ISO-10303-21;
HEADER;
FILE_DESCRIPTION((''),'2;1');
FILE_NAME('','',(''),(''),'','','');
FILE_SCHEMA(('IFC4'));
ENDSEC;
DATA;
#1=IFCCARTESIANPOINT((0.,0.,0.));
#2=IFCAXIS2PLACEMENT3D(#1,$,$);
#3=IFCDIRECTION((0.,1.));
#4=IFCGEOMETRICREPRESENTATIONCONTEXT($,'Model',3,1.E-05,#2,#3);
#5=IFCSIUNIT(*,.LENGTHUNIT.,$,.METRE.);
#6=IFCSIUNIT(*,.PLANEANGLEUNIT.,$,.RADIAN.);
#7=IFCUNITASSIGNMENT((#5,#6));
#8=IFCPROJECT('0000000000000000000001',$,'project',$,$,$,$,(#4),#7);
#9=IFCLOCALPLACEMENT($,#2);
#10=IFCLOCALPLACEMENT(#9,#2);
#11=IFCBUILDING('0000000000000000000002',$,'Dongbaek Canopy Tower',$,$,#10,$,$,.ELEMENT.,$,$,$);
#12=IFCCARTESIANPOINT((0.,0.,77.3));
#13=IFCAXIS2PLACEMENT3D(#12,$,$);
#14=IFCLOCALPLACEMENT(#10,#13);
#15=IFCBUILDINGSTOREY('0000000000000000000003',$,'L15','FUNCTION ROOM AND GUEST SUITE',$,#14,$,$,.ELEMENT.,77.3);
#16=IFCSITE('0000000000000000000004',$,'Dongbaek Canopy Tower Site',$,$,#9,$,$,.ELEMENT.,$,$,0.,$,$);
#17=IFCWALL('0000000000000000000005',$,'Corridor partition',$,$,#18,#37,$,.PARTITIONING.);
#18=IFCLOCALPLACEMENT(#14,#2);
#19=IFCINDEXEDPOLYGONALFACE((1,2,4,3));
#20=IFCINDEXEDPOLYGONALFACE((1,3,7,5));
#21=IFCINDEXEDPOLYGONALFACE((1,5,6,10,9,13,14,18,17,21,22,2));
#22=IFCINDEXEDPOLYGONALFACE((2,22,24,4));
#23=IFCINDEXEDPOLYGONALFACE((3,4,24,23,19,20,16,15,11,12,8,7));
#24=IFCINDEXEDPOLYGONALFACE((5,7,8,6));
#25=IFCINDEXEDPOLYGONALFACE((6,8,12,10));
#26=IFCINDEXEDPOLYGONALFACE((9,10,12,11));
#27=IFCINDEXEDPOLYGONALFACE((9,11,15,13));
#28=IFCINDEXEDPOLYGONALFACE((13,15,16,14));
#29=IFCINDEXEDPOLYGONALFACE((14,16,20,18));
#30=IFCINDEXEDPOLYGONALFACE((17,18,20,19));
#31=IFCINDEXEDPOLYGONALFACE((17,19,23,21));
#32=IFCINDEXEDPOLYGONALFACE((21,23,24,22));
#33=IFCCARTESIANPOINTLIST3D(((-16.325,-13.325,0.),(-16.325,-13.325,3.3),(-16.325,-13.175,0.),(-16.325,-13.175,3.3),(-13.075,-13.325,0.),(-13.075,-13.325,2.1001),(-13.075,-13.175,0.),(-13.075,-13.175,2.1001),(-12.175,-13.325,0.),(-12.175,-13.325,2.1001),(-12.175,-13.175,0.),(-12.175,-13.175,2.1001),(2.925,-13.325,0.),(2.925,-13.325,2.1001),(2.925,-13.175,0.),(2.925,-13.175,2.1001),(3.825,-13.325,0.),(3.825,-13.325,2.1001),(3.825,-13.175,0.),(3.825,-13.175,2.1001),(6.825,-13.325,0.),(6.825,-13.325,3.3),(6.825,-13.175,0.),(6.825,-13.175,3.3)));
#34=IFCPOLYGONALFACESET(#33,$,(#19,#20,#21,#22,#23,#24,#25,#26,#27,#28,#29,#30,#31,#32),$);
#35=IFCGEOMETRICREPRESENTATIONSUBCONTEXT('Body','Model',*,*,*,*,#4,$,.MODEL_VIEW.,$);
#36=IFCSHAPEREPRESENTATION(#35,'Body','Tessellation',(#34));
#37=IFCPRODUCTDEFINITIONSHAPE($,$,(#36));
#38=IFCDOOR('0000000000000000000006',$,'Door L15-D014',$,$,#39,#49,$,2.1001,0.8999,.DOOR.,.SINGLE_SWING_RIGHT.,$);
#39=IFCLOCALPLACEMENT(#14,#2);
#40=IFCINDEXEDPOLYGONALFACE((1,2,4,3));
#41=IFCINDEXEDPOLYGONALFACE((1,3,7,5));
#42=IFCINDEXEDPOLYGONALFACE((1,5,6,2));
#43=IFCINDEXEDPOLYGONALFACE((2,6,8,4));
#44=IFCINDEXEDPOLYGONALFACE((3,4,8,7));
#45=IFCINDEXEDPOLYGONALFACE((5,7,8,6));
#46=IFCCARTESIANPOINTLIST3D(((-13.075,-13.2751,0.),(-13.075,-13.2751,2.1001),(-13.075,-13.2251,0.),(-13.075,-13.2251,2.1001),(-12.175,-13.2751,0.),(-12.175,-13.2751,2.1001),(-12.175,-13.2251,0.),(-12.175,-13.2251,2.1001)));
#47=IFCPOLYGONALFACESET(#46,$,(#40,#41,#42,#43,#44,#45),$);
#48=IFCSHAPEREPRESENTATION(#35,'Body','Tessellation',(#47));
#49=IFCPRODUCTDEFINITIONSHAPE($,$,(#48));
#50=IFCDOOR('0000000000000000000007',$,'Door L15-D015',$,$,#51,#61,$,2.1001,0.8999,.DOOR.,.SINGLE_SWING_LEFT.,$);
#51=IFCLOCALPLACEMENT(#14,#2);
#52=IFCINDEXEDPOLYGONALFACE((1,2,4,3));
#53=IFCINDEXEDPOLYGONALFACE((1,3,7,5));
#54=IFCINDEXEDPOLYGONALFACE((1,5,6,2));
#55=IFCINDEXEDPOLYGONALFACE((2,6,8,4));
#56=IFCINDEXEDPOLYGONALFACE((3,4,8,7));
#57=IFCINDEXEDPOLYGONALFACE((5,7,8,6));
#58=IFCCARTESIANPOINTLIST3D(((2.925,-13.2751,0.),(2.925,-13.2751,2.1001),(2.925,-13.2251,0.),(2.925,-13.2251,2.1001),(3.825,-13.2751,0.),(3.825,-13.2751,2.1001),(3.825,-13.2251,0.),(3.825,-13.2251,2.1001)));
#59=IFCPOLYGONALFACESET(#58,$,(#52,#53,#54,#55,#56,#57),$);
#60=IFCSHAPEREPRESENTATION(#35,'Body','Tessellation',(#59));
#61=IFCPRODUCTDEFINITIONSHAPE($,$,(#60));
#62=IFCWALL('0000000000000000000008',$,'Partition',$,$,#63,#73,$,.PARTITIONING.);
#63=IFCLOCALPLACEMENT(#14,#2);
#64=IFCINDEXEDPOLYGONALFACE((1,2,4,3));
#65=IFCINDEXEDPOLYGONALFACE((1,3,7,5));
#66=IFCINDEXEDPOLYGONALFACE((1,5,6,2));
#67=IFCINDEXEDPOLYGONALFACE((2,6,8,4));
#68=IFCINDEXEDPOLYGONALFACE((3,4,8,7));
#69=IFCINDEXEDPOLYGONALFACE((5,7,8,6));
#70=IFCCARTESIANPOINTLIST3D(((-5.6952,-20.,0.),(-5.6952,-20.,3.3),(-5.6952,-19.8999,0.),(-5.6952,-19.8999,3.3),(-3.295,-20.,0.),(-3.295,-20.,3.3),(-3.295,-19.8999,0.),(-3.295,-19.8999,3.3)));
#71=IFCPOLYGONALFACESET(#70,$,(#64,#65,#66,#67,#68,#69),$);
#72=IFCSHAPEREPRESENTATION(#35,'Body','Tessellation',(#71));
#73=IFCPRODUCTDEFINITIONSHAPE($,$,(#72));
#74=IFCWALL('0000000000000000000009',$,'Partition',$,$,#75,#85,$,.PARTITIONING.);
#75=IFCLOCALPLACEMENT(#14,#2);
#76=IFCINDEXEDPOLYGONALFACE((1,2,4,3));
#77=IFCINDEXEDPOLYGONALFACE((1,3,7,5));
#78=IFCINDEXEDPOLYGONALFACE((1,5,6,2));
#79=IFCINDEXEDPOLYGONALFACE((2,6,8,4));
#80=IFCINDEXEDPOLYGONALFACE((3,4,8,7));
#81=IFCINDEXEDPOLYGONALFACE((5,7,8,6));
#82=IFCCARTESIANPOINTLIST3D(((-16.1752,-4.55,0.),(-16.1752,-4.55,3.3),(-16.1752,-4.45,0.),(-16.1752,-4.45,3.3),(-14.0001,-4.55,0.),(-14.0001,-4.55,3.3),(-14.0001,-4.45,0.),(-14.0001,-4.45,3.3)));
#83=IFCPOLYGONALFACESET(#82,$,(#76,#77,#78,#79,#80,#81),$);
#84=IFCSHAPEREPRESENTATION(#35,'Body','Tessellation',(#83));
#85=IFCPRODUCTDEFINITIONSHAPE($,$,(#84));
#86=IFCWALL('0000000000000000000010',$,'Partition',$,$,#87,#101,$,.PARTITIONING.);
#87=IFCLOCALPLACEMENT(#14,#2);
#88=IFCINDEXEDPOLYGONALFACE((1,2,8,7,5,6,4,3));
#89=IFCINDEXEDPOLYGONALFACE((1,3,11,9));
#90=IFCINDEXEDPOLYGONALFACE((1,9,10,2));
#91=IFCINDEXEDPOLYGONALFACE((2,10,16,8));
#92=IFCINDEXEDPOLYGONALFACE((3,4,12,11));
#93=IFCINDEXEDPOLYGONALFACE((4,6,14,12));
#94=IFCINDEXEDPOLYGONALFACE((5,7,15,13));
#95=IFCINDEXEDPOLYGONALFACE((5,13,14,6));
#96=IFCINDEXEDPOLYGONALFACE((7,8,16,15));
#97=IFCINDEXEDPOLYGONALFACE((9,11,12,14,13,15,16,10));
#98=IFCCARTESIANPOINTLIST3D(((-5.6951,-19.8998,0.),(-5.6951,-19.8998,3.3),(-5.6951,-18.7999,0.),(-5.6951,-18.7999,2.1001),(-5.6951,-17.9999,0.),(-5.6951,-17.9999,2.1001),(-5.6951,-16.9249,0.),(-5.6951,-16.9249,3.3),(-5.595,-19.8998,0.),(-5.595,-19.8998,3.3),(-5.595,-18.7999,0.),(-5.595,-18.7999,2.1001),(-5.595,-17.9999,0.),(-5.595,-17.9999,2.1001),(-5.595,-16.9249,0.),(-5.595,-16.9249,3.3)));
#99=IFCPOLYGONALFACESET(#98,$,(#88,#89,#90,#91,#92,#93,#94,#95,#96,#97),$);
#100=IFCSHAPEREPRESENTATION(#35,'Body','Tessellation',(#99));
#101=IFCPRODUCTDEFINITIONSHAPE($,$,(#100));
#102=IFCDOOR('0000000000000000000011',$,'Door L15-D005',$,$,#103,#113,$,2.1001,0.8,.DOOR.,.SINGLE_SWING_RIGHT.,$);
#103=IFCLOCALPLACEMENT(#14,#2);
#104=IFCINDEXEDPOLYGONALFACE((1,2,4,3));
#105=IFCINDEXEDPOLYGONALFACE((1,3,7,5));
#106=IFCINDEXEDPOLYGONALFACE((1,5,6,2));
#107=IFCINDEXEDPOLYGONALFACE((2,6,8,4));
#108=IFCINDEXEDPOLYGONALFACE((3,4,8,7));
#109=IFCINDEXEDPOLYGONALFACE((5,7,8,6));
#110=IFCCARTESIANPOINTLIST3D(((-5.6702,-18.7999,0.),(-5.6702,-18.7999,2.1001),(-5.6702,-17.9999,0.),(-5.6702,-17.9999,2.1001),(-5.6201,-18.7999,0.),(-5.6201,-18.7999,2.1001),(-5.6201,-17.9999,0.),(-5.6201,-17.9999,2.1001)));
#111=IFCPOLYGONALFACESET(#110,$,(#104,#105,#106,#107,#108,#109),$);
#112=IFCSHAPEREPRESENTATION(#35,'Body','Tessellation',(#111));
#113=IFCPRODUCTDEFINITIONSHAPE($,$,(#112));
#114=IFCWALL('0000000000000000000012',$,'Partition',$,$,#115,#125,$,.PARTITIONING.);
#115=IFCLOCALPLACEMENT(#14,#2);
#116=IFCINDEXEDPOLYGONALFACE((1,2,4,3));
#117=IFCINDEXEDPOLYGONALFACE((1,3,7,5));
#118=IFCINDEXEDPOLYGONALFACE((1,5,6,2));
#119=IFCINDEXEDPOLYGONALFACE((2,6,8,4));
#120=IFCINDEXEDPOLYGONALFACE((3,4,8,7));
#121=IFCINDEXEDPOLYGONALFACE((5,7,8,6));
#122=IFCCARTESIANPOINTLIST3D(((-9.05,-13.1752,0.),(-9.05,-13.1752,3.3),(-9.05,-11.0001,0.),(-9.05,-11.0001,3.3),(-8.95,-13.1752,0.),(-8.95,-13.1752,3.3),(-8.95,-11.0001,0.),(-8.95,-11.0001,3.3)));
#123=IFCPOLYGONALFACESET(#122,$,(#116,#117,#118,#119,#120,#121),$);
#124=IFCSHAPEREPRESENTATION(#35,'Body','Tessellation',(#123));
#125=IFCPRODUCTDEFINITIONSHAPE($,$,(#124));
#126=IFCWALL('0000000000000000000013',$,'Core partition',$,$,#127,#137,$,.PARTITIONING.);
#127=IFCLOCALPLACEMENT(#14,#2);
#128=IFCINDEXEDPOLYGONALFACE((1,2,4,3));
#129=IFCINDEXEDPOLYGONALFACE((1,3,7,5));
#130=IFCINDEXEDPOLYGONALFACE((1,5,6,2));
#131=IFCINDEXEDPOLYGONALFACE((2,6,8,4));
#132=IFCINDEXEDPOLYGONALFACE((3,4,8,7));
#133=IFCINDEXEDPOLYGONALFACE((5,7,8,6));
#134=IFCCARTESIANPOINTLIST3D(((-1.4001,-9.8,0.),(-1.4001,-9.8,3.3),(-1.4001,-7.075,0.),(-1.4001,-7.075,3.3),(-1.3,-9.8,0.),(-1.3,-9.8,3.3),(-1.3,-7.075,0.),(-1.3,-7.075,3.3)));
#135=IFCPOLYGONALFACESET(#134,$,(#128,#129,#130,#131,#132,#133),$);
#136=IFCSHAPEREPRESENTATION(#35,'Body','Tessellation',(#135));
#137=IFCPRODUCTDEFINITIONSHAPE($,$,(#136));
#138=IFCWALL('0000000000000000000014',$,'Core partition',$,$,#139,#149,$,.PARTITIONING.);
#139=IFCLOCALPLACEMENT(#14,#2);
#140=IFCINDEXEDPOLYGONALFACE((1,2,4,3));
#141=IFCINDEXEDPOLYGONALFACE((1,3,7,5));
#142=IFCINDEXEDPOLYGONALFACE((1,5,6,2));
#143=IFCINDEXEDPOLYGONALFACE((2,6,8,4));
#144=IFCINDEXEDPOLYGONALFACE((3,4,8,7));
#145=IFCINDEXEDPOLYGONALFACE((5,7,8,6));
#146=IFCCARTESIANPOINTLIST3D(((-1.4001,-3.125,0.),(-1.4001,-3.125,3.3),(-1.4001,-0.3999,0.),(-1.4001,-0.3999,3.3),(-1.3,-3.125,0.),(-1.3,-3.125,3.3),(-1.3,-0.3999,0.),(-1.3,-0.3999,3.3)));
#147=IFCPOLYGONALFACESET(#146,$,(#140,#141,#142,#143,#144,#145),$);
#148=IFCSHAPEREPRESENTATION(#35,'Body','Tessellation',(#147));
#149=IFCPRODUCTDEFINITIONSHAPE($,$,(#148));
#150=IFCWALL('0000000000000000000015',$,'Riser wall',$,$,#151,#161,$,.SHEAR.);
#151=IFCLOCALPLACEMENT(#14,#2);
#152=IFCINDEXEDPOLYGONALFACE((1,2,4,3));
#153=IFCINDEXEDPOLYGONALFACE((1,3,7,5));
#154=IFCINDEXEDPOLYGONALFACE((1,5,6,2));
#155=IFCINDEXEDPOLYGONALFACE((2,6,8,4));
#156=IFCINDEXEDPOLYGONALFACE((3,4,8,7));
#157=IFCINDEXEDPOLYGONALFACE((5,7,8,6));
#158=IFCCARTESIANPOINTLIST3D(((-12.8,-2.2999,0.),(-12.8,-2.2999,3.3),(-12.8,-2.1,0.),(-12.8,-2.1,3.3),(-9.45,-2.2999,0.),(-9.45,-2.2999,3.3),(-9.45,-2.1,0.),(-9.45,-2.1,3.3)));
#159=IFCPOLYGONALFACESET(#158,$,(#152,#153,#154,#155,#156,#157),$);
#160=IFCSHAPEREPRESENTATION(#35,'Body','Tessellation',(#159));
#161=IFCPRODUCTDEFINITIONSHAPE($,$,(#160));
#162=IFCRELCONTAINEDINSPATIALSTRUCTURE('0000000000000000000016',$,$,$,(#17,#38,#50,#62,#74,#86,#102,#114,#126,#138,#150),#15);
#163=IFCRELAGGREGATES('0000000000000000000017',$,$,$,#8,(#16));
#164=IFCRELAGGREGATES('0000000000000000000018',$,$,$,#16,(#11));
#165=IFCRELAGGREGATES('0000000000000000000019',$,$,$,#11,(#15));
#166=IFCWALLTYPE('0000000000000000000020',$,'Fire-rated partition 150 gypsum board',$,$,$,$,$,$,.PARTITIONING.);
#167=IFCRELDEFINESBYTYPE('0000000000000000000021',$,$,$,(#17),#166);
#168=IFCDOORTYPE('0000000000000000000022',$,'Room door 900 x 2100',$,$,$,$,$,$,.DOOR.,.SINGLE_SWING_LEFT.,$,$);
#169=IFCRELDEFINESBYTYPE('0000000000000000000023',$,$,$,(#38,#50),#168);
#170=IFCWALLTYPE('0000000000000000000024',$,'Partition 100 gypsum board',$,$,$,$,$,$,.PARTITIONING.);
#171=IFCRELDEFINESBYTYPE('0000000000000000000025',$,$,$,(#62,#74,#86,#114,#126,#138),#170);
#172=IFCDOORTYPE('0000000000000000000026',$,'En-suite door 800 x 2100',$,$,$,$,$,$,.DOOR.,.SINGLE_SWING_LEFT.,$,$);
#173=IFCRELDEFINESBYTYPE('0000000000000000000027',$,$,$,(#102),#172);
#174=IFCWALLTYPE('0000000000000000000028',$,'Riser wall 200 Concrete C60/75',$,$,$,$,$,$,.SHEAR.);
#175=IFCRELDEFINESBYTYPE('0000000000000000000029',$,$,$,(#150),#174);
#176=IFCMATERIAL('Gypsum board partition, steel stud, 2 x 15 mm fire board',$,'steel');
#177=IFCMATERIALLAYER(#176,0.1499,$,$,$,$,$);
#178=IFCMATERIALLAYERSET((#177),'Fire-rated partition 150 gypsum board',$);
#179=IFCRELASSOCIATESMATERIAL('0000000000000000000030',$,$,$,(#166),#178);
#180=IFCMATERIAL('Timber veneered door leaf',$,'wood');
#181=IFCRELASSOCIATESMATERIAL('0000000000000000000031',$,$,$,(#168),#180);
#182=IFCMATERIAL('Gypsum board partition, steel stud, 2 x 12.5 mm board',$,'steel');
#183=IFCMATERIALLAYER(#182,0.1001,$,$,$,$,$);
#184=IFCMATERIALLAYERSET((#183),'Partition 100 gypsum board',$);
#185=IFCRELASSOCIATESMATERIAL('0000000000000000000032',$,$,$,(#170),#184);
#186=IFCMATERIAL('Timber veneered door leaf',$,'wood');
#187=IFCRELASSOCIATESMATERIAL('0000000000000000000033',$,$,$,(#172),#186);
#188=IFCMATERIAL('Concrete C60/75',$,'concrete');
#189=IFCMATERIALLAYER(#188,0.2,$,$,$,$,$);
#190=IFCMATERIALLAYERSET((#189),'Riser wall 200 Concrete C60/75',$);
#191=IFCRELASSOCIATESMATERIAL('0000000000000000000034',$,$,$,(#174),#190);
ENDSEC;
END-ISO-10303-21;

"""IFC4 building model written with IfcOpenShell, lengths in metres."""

from ifc_helpers import new_model, si_unit, direction, frame, frame_2d, origin, place, context, subcontext, project, spatial, rectangle, extrude, material, layer, layer_set, type_object, element, fill, save


model = new_model("IFC4")

# Units and contexts
model_context = context("Model", 3, precision=1e-05, world=origin(), true_north=direction((0.0, 1.0)))
body_context = subcontext(model_context, "Body", "Model", "MODEL_VIEW")
ifc_project = project(units=[si_unit("LENGTHUNIT", "METRE"), si_unit("PLANEANGLEUNIT", "RADIAN")], contexts=[model_context])

# Site, building, storey
site_placement = place(None, origin())
site = spatial("IfcSite", under=ifc_project, at=site_placement, Name="Dongbaek Canopy Tower Site", CompositionType="ELEMENT", RefElevation=0.0)
building_placement = place(site_placement, origin())
building = spatial("IfcBuilding", under=site, at=building_placement, Name="Dongbaek Canopy Tower", CompositionType="ELEMENT")
storey_placement = place(building_placement, frame((0.0, 0.0, 77.3)))
storey = spatial("IfcBuildingStorey", under=building, at=storey_placement, Name="L15", Description="FUNCTION ROOM AND GUEST SUITE", CompositionType="ELEMENT", Elevation=77.3)

# Wall, openings, doors
ifc_material_1 = material(Name="Gypsum board partition, steel stud, 2 x 15 mm fire board", Category="steel")
ifc_layer_1 = layer(ifc_material_1, 0.1499)
ifc_layer_set_1 = layer_set([ifc_layer_1], Name="Fire-rated partition 150 gypsum board")
wall_type_1 = type_object("IfcWallType", Name="Fire-rated partition 150 gypsum board", PredefinedType="PARTITIONING", material=ifc_layer_set_1)
wall_1_placement = place(storey_placement, frame((-16.325, -13.25, 0.0), z_axis=(0.0, 0.0, 1.0), x_axis=(1.0, 0.0, 0.0)))
wall_1 = element("IfcWall", 1, at=wall_1_placement, inside=storey, type_object=wall_type_1, Name="Corridor partition", PredefinedType="PARTITIONING", context=body_context, shape_type="SweptSolid", body=[
    extrude(rectangle(XDim=23.1499, YDim=0.1499, at=frame_2d((11.575, 0.0))), origin(), (0.0, 0.0, 1.0), 3.3),
])
opening_1_placement = place(wall_1_placement, frame((3.25, 0.0, 0.0)))
opening_1 = element("IfcOpeningElement", 2, at=opening_1_placement, cuts=wall_1, PredefinedType="OPENING", context=body_context, shape_type="SweptSolid", body=[
    extrude(rectangle(XDim=0.8999, YDim=2.1001, at=frame_2d((0.45, 1.05))), frame((0.0, 0.085, 0.0), z_axis=(0.0, -1.0, 0.0), x_axis=(1.0, 0.0, 0.0)), (0.0, 0.0, 1.0), 0.1699),
])
opening_2_placement = place(wall_1_placement, frame((19.25, 0.0, 0.0)))
opening_2 = element("IfcOpeningElement", 3, at=opening_2_placement, cuts=wall_1, PredefinedType="OPENING", context=body_context, shape_type="SweptSolid", body=[
    extrude(rectangle(XDim=0.8999, YDim=2.1001, at=frame_2d((0.45, 1.05))), frame((0.0, 0.085, 0.0), z_axis=(0.0, -1.0, 0.0), x_axis=(1.0, 0.0, 0.0)), (0.0, 0.0, 1.0), 0.1699),
])
ifc_material_2 = material(Name="Timber veneered door leaf", Category="wood")
door_type_1 = type_object("IfcDoorType", Name="Room door 900 x 2100", OperationType="SINGLE_SWING_LEFT", PredefinedType="DOOR", material=ifc_material_2)
door_1_placement = place(opening_1_placement, origin())
door_1 = element("IfcDoor", 4, at=door_1_placement, inside=storey, type_object=door_type_1, Name="Door L15-D014", OperationType="SINGLE_SWING_RIGHT", OverallHeight=2.1001, OverallWidth=0.8999, PredefinedType="DOOR", context=body_context, shape_type="SweptSolid", body=[
    extrude(rectangle(XDim=0.8999, YDim=2.1001, at=frame_2d((0.45, 1.05))), frame((0.0, 0.0249, 0.0), z_axis=(0.0, -1.0, 0.0), x_axis=(1.0, 0.0, 0.0)), (0.0, 0.0, 1.0), 0.05),
])
fill(opening_1, door_1)
door_2_placement = place(opening_2_placement, origin())
door_2 = element("IfcDoor", 5, at=door_2_placement, inside=storey, type_object=door_type_1, Name="Door L15-D015", OperationType="SINGLE_SWING_LEFT", OverallHeight=2.1001, OverallWidth=0.8999, PredefinedType="DOOR", context=body_context, shape_type="SweptSolid", body=[
    extrude(rectangle(XDim=0.8999, YDim=2.1001, at=frame_2d((0.45, 1.05))), frame((0.0, 0.0249, 0.0), z_axis=(0.0, -1.0, 0.0), x_axis=(1.0, 0.0, 0.0)), (0.0, 0.0, 1.0), 0.05),
])
fill(opening_2, door_2)

# Walls
ifc_material_3 = material(Name="Gypsum board partition, steel stud, 2 x 12.5 mm board", Category="steel")
ifc_layer_2 = layer(ifc_material_3, 0.1001)
ifc_layer_set_2 = layer_set([ifc_layer_2], Name="Partition 100 gypsum board")
wall_type_2 = type_object("IfcWallType", Name="Partition 100 gypsum board", PredefinedType="PARTITIONING", material=ifc_layer_set_2)
wall_2_placement = place(storey_placement, frame((-5.6953, -19.95, 0.0), z_axis=(0.0, 0.0, 1.0), x_axis=(1.0, 0.0, 0.0)))
element("IfcWall", 6, at=wall_2_placement, inside=storey, type_object=wall_type_2, Name="Partition", PredefinedType="PARTITIONING", context=body_context, shape_type="SweptSolid", body=[
    extrude(rectangle(XDim=2.4001, YDim=0.1001, at=frame_2d((1.2002, 0.0))), origin(), (0.0, 0.0, 1.0), 3.3),
])
wall_3_placement = place(storey_placement, frame((-16.175, -4.5, 0.0), z_axis=(0.0, 0.0, 1.0), x_axis=(1.0, 0.0, 0.0)))
element("IfcWall", 7, at=wall_3_placement, inside=storey, type_object=wall_type_2, Name="Partition", PredefinedType="PARTITIONING", context=body_context, shape_type="SweptSolid", body=[
    extrude(rectangle(XDim=2.175, YDim=0.1001, at=frame_2d((1.0874, 0.0))), origin(), (0.0, 0.0, 1.0), 3.3),
])

# Wall, opening, door
wall_4_placement = place(storey_placement, frame((-5.645, -16.925, 0.0), z_axis=(0.0, 0.0, 1.0), x_axis=(0.0, -1.0, 0.0)))
wall_4 = element("IfcWall", 8, at=wall_4_placement, inside=storey, type_object=wall_type_2, Name="Partition", PredefinedType="PARTITIONING", context=body_context, shape_type="SweptSolid", body=[
    extrude(rectangle(XDim=2.9749, YDim=0.1001, at=frame_2d((1.4873, 0.0))), origin(), (0.0, 0.0, 1.0), 3.3),
])
opening_3_placement = place(wall_4_placement, frame((1.075, 0.0, 0.0)))
opening_3 = element("IfcOpeningElement", 9, at=opening_3_placement, cuts=wall_4, PredefinedType="OPENING", context=body_context, shape_type="SweptSolid", body=[
    extrude(rectangle(XDim=0.8, YDim=2.1001, at=frame_2d((0.3999, 1.05))), frame((0.0, 0.0601, 0.0), z_axis=(0.0, -1.0, 0.0), x_axis=(1.0, 0.0, 0.0)), (0.0, 0.0, 1.0), 0.1201),
])
ifc_material_4 = material(Name="Timber veneered door leaf", Category="wood")
door_type_2 = type_object("IfcDoorType", Name="En-suite door 800 x 2100", OperationType="SINGLE_SWING_LEFT", PredefinedType="DOOR", material=ifc_material_4)
door_3_placement = place(opening_3_placement, origin())
door_3 = element("IfcDoor", 10, at=door_3_placement, inside=storey, type_object=door_type_2, Name="Door L15-D005", OperationType="SINGLE_SWING_RIGHT", OverallHeight=2.1001, OverallWidth=0.8, PredefinedType="DOOR", context=body_context, shape_type="SweptSolid", body=[
    extrude(rectangle(XDim=0.8, YDim=2.1001, at=frame_2d((0.3999, 1.05))), frame((0.0, 0.0249, 0.0), z_axis=(0.0, -1.0, 0.0), x_axis=(1.0, 0.0, 0.0)), (0.0, 0.0, 1.0), 0.05),
])
fill(opening_3, door_3)

# Walls
wall_5_placement = place(storey_placement, frame((-9.0, -13.175, 0.0), z_axis=(0.0, 0.0, 1.0), x_axis=(0.0, 1.0, 0.0)))
element("IfcWall", 11, at=wall_5_placement, inside=storey, type_object=wall_type_2, Name="Partition", PredefinedType="PARTITIONING", context=body_context, shape_type="SweptSolid", body=[
    extrude(rectangle(XDim=2.175, YDim=0.1001, at=frame_2d((1.0874, 0.0))), origin(), (0.0, 0.0, 1.0), 3.3),
])
for number, where, z_axis, x_axis, name in (
    (12, (-1.3501, -9.8, 0.0), (0.0, 0.0, 1.0), (0.0, 1.0, 0.0), "Core partition"),
    (13, (-1.3501, -3.125, 0.0), (0.0, 0.0, 1.0), (0.0, 1.0, 0.0), "Core partition"),
):
    element("IfcWall", number, at=place(storey_placement, frame(where, z_axis=z_axis, x_axis=x_axis)), inside=storey, type_object=wall_type_2, Name=name, PredefinedType="PARTITIONING", context=body_context, shape_type="SweptSolid", body=[
        extrude(rectangle(XDim=2.7251, YDim=0.1001, at=frame_2d((1.3625, 0.0))), origin(), (0.0, 0.0, 1.0), 3.3),
    ])
ifc_material_5 = material(Name="Concrete C60/75", Category="concrete")
ifc_layer_3 = layer(ifc_material_5, 0.2)
ifc_layer_set_3 = layer_set([ifc_layer_3], Name="Riser wall 200 Concrete C60/75")
wall_type_3 = type_object("IfcWallType", Name="Riser wall 200 Concrete C60/75", PredefinedType="SHEAR", material=ifc_layer_set_3)
wall_6_placement = place(storey_placement, frame((-9.45, -2.2, 0.0), z_axis=(0.0, 0.0, 1.0), x_axis=(-1.0, 0.0, 0.0)))
element("IfcWall", 14, at=wall_6_placement, inside=storey, type_object=wall_type_3, Name="Riser wall", PredefinedType="SHEAR", context=body_context, shape_type="SweptSolid", body=[
    extrude(rectangle(XDim=3.3501, YDim=0.2, at=frame_2d((1.675, 0.0))), origin(), (0.0, 0.0, 1.0), 3.3),
])

save(model, "model.ifc")
